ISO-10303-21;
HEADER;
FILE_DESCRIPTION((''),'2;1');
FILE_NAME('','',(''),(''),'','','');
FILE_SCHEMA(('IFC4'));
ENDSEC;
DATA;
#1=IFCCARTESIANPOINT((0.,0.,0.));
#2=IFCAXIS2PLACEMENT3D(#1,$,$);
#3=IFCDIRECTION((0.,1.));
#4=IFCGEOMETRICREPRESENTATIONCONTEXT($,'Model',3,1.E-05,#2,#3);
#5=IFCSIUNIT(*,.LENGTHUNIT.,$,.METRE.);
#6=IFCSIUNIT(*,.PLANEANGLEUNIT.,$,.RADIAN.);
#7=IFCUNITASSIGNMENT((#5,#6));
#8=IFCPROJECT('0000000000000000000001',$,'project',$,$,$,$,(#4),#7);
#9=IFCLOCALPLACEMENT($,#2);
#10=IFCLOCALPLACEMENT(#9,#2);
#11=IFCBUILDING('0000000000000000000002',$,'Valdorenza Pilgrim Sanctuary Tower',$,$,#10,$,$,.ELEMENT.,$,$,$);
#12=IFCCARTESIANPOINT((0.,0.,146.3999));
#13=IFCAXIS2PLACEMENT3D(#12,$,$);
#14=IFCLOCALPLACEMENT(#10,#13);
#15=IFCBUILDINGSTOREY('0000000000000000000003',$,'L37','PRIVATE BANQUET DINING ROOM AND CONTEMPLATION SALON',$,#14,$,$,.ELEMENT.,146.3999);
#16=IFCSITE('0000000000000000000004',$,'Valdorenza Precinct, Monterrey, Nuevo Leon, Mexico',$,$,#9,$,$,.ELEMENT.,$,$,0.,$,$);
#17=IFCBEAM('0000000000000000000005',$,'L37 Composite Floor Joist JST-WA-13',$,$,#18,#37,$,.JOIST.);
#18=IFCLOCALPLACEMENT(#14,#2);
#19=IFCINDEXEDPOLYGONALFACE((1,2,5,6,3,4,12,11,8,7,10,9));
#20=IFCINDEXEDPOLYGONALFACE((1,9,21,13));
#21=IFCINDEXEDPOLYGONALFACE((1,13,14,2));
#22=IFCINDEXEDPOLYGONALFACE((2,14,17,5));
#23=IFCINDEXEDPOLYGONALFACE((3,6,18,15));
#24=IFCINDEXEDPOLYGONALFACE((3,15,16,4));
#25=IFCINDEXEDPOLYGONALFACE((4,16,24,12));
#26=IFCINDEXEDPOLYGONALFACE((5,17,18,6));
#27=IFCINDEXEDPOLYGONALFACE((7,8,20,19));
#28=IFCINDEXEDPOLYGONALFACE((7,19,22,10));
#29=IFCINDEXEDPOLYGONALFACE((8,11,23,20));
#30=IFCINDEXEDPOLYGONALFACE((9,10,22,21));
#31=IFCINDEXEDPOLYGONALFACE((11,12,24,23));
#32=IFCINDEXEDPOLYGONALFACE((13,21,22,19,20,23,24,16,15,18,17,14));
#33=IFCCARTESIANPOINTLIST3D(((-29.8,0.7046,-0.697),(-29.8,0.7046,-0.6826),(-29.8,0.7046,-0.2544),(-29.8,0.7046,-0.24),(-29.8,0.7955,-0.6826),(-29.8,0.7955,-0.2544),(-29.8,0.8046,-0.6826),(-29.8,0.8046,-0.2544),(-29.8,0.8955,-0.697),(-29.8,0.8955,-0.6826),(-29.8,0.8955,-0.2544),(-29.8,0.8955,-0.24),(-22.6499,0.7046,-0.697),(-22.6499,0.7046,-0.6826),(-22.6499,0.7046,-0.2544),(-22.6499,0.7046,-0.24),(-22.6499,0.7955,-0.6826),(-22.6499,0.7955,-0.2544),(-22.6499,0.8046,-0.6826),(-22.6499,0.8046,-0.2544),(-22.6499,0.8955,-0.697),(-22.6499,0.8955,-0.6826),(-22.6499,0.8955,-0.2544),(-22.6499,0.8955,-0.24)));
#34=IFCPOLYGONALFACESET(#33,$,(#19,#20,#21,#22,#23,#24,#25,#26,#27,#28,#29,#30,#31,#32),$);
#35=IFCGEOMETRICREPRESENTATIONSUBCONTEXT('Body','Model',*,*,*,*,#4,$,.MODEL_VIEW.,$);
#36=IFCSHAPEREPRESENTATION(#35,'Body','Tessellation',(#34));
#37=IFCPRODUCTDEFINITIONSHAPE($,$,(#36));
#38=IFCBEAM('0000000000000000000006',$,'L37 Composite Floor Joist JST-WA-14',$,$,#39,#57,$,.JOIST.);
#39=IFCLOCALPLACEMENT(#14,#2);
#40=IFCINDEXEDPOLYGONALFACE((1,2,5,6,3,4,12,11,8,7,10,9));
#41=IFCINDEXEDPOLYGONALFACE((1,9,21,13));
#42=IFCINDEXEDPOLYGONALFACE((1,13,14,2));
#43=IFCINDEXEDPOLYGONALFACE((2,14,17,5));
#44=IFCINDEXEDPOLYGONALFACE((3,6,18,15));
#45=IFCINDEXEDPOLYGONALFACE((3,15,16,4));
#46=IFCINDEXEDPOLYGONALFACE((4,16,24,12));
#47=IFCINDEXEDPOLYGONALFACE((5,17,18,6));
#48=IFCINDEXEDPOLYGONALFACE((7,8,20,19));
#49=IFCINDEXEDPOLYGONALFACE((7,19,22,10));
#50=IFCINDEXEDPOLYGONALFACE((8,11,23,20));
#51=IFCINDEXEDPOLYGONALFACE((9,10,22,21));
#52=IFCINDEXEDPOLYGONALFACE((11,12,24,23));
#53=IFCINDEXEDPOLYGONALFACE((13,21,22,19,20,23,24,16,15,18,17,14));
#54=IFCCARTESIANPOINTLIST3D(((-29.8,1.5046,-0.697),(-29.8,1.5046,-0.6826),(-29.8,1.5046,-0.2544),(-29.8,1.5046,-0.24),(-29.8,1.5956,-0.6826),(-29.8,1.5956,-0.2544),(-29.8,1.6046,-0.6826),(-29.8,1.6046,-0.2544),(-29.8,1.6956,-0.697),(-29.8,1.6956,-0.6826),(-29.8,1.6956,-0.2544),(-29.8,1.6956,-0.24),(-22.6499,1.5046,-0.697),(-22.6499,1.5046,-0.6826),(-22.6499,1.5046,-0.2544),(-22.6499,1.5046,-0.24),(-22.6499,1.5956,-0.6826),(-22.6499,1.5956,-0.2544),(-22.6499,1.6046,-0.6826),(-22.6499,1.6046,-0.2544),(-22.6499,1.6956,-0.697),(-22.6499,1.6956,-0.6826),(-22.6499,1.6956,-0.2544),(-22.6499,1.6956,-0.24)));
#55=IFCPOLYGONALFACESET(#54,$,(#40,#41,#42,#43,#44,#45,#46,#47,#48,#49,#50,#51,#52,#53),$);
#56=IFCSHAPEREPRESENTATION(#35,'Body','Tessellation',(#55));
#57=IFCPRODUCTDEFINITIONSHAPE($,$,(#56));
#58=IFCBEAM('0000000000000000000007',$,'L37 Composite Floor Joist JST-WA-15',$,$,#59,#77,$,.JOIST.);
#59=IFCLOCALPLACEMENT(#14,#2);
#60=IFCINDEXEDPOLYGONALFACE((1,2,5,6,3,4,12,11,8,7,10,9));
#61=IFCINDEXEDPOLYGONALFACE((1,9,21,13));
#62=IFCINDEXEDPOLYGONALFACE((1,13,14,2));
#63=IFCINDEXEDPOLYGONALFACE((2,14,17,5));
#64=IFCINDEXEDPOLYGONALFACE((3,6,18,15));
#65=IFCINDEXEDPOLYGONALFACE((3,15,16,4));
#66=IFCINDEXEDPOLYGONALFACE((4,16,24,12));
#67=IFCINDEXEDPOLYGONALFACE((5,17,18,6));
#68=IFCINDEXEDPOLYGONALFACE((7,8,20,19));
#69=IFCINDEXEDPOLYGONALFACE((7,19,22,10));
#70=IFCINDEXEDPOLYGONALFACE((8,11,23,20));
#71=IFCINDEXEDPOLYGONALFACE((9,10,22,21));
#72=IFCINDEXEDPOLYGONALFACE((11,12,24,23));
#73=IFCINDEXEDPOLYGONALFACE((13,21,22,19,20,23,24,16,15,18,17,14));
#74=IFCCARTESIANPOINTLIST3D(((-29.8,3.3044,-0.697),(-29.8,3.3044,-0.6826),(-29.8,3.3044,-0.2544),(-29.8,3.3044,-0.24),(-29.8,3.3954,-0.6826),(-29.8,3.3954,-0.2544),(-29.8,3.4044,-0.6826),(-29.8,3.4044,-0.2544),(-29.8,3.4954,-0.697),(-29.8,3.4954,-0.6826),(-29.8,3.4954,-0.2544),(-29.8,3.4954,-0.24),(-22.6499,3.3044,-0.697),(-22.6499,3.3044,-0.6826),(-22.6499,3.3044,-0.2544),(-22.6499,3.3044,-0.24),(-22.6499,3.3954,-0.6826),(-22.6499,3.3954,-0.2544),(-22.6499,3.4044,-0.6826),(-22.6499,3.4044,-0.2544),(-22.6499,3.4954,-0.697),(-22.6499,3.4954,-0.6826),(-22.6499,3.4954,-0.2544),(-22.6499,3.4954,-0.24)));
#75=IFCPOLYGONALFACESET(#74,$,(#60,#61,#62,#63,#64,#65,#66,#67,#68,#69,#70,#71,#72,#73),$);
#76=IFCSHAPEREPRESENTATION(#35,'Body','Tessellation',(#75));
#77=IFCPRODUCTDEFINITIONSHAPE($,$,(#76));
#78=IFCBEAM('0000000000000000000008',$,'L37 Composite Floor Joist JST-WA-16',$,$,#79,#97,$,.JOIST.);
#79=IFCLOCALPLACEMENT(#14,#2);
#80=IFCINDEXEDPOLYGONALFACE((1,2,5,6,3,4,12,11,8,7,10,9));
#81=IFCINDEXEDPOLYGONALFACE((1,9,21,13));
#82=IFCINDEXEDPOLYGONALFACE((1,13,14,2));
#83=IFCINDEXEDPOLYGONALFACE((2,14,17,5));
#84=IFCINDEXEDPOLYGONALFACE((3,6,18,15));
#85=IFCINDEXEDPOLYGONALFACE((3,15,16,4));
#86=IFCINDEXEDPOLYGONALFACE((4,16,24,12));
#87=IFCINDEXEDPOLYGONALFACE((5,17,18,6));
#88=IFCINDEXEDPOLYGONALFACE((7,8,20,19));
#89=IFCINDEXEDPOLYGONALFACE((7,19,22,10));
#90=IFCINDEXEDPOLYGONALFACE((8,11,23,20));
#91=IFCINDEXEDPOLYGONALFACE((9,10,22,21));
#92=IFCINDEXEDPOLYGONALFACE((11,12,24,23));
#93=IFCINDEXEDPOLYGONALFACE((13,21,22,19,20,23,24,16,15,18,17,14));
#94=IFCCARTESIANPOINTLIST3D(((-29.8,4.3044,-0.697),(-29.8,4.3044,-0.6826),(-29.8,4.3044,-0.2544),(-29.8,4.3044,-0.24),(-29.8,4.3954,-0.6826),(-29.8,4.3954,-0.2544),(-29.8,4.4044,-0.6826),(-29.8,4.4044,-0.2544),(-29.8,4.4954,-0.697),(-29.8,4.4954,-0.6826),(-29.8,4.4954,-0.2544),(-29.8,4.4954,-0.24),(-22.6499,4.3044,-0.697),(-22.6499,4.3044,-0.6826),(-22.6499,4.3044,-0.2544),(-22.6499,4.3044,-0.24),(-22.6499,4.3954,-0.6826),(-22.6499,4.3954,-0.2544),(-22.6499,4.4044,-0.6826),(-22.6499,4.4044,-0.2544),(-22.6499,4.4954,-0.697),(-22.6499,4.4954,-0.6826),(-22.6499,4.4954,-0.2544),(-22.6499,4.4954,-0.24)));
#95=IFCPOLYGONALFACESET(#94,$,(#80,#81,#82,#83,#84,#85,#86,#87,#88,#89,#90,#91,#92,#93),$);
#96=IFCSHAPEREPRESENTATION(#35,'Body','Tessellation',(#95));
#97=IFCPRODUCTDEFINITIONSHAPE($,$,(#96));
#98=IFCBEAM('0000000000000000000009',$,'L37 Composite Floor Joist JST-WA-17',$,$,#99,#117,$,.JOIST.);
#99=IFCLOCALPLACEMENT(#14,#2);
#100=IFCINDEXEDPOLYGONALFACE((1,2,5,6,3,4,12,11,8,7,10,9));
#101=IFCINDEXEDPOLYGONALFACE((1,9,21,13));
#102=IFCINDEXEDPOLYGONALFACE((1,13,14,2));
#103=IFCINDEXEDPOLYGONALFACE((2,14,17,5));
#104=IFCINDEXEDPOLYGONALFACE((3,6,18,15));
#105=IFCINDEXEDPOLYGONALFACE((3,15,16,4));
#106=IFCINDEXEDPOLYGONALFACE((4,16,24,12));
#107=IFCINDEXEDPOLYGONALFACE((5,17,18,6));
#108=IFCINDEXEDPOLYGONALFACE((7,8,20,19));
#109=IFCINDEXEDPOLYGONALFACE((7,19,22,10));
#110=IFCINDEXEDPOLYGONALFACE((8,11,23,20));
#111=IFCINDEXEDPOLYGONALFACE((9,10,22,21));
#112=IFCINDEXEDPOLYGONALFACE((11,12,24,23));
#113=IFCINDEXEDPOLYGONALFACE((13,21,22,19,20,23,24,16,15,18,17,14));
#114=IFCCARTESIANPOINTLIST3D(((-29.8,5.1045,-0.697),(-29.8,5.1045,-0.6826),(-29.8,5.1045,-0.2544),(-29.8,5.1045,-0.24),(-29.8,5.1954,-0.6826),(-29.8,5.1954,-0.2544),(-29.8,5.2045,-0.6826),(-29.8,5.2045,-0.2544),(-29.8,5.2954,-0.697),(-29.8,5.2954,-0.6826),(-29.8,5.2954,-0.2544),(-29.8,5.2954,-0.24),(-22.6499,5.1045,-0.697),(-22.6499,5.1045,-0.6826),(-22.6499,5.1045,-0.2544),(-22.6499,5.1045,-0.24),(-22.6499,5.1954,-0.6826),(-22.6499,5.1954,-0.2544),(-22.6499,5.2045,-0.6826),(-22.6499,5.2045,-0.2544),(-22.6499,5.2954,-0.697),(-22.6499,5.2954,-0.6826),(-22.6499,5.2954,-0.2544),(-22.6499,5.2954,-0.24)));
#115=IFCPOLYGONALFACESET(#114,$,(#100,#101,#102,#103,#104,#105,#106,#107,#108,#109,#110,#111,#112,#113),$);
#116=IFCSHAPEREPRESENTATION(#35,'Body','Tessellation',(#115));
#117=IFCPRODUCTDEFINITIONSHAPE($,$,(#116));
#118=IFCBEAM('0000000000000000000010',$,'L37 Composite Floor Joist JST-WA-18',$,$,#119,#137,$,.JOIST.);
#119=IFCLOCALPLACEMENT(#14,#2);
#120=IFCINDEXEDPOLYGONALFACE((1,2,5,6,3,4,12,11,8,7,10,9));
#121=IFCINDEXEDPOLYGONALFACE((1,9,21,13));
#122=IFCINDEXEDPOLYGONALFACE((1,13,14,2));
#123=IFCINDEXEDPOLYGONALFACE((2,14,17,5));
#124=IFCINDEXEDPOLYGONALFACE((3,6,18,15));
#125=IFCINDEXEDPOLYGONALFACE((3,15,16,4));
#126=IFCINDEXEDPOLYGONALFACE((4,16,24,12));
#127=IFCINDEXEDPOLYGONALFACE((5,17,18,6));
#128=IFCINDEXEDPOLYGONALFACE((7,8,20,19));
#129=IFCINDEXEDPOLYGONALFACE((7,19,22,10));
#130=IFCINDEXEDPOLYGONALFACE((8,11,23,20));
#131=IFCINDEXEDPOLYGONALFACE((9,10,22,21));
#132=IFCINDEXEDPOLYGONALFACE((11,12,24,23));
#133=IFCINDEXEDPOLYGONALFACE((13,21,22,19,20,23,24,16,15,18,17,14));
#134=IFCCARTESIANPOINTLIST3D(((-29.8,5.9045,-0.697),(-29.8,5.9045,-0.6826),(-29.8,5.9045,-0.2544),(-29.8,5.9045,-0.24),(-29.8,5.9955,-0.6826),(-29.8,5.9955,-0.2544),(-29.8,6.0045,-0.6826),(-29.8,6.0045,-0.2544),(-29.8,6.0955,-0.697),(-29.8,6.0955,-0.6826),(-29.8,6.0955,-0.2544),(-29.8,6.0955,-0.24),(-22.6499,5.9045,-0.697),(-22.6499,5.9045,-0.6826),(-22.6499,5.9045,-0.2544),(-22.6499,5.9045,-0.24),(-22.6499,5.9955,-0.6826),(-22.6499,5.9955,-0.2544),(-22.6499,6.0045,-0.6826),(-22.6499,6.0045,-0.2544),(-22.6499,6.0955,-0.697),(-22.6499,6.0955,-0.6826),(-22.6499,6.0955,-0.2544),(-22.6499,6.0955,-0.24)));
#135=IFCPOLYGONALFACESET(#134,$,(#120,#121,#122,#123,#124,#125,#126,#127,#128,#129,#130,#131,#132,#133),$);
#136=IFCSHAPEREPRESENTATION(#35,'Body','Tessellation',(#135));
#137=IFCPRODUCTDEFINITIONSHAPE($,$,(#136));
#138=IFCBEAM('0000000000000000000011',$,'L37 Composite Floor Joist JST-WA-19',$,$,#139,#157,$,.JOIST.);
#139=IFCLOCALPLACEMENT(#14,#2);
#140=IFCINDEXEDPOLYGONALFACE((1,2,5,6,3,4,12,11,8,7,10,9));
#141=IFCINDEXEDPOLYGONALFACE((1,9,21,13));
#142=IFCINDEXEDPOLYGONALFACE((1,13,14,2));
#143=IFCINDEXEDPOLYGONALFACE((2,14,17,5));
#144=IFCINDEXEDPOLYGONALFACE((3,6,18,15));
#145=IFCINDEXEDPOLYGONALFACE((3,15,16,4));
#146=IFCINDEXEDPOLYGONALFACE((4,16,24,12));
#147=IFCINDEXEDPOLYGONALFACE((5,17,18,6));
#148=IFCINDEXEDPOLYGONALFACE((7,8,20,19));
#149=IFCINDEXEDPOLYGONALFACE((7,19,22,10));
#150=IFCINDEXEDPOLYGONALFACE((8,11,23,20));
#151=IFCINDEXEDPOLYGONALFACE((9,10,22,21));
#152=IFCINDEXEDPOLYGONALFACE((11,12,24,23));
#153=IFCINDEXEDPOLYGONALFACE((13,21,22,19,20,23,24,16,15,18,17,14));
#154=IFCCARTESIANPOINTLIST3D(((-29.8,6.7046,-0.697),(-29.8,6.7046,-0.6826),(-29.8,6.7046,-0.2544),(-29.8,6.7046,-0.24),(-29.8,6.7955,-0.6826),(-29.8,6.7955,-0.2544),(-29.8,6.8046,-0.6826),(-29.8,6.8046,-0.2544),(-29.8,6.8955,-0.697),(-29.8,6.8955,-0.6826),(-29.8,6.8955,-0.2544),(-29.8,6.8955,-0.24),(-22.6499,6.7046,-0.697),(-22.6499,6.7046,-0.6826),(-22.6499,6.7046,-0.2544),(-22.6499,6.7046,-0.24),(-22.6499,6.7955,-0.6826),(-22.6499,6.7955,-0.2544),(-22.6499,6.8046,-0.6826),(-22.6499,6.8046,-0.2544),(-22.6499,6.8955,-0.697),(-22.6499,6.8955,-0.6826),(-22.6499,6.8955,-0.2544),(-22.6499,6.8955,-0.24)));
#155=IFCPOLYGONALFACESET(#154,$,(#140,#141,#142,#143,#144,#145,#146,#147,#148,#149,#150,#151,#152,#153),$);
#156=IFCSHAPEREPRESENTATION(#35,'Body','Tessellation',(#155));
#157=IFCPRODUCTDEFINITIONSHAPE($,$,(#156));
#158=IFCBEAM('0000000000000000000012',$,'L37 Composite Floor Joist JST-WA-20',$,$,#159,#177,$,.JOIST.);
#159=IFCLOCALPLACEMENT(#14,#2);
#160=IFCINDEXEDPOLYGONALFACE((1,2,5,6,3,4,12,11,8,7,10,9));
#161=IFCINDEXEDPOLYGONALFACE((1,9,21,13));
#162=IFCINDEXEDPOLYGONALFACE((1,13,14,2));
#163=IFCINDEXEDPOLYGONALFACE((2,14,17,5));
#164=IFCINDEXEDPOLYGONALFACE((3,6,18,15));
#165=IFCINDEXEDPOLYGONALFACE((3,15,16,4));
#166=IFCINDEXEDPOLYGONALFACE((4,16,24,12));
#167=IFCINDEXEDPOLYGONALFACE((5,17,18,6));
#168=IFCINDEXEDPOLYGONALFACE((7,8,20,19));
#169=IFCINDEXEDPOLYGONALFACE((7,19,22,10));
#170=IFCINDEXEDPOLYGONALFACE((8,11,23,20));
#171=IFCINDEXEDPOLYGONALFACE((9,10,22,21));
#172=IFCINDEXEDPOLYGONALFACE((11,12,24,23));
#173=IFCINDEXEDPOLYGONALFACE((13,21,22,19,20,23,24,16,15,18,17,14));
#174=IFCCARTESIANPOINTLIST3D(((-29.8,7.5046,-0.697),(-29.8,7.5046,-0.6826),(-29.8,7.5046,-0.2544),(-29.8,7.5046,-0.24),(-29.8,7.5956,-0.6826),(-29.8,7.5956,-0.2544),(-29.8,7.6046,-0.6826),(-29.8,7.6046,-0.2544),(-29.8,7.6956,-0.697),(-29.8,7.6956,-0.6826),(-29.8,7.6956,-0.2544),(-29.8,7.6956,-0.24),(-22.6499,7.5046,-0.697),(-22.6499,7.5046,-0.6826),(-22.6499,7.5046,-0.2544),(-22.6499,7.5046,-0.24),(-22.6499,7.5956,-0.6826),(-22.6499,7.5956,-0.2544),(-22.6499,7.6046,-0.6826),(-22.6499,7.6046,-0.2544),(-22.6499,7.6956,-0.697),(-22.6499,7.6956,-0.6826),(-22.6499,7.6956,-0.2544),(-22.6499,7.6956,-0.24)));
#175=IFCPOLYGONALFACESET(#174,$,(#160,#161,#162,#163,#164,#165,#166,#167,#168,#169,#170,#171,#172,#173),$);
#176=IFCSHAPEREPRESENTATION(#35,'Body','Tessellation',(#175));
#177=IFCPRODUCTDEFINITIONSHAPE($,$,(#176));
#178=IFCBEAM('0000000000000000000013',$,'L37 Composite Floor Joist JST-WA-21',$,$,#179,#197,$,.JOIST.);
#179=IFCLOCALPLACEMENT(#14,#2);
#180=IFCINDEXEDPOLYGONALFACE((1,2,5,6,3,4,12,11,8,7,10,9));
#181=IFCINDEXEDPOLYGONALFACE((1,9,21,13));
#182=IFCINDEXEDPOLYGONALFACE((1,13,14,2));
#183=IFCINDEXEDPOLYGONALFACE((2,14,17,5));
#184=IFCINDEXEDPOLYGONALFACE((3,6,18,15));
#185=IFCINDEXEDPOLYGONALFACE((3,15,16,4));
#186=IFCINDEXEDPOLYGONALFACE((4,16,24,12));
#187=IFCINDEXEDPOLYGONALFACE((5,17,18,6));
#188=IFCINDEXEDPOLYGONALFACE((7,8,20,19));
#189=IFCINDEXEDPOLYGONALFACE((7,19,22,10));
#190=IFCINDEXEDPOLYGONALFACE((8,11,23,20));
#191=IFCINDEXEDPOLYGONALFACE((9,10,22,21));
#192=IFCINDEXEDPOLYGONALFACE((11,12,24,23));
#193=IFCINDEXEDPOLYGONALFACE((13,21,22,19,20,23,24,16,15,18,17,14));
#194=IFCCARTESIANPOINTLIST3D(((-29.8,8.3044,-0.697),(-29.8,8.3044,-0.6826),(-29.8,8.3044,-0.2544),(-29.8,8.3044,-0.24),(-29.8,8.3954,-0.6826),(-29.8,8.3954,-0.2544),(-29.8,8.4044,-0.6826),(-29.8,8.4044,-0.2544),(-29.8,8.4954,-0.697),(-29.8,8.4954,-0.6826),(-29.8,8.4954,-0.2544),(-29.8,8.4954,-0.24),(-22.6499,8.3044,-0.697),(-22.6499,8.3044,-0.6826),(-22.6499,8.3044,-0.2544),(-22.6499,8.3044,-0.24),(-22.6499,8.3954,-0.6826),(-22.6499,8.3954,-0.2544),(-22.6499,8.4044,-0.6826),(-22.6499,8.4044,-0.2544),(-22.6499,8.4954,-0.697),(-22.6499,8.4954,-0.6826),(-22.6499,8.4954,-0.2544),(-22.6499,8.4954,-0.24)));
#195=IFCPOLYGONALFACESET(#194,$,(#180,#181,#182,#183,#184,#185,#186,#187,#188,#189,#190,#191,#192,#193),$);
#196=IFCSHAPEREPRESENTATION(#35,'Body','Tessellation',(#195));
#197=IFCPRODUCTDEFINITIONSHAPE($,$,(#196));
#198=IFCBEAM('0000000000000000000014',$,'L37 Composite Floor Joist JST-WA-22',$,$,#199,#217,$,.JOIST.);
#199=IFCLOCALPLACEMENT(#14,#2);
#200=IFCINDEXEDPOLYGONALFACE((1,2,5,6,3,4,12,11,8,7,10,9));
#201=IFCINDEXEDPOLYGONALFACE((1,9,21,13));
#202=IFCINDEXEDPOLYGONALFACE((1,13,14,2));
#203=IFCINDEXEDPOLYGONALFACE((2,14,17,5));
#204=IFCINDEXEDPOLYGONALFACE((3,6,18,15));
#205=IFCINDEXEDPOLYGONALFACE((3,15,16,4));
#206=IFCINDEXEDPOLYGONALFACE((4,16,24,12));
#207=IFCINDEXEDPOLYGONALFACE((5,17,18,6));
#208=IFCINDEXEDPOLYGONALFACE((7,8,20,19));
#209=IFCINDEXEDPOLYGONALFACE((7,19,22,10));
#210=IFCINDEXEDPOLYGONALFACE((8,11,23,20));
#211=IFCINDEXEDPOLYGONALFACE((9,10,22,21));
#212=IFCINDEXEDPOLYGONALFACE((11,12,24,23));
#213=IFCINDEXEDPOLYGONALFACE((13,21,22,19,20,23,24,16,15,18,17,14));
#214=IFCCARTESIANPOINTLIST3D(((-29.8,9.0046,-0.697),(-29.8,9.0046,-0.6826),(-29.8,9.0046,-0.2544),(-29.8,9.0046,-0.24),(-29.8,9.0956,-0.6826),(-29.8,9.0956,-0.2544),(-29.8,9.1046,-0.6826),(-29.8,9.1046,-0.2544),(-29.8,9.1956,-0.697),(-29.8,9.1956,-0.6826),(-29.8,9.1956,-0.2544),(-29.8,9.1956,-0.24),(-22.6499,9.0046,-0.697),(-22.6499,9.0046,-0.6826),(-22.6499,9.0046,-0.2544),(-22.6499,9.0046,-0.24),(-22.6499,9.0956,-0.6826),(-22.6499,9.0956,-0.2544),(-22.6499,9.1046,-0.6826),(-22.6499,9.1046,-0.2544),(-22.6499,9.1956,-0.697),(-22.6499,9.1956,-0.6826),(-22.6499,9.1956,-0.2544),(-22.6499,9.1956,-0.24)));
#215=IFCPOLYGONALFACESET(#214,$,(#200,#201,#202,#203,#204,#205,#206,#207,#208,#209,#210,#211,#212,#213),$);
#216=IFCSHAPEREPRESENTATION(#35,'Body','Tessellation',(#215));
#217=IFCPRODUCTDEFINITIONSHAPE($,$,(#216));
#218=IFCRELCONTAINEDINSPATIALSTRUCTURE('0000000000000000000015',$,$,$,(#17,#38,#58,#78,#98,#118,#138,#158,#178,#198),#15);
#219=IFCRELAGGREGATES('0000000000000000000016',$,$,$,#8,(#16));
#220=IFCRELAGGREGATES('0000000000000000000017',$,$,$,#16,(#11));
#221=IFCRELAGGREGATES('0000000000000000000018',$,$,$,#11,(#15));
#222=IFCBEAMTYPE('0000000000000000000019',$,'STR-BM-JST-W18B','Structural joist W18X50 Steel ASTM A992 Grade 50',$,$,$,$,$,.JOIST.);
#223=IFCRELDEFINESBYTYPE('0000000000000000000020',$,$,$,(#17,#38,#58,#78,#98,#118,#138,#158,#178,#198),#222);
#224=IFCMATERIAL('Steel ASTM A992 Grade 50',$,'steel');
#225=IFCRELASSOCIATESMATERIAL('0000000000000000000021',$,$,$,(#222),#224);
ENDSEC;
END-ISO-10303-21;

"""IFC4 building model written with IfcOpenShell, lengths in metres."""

from ifc_helpers import new_model, si_unit, direction, frame, origin, origin_2d, place, context, subcontext, project, spatial, i_section, extrude, source, transform, mapped, material, material_profile, profile_set, type_object, element, save


model = new_model("IFC4")

# Units and contexts
model_context = context("Model", 3, precision=1e-05, world=origin(), true_north=direction((0.0, 1.0)))
body_context = subcontext(model_context, "Body", "Model", "MODEL_VIEW")
ifc_project = project(units=[si_unit("LENGTHUNIT", "METRE"), si_unit("PLANEANGLEUNIT", "RADIAN")], contexts=[model_context])

# Site, building, storey
site_placement = place(None, origin())
site = spatial("IfcSite", under=ifc_project, at=site_placement, Name="Valdorenza Precinct, Monterrey, Nuevo Leon, Mexico", CompositionType="ELEMENT", RefElevation=0.0)
building_placement = place(site_placement, origin())
building = spatial("IfcBuilding", under=site, at=building_placement, Name="Valdorenza Pilgrim Sanctuary Tower", CompositionType="ELEMENT")
storey_placement = place(building_placement, frame((0.0, 0.0, 146.3999)))
storey = spatial("IfcBuildingStorey", under=building, at=storey_placement, Name="L37", Description="PRIVATE BANQUET DINING ROOM AND CONTEMPLATION SALON", CompositionType="ELEMENT", Elevation=146.3999)

# Beams
ifc_material_1 = material(Name="Steel ASTM A992 Grade 50", Category="steel")
ifc_material_profile_1 = material_profile(ifc_material_1, i_section(OverallWidth=0.1909, OverallDepth=0.457, WebThickness=0.009, FlangeThickness=0.0144, at=origin_2d()), Name="W18X50")
ifc_profile_set_1 = profile_set([ifc_material_profile_1], Name="Steel ASTM A992 Grade 50")
beam_type = type_object("IfcBeamType", Name="STR-BM-JST-W18B", Description="Structural joist W18X50 Steel ASTM A992 Grade 50", PredefinedType="JOIST", material=ifc_profile_set_1)
shared_shape_1 = source(origin(), body_context, "Body", "SweptSolid", [
    extrude(i_section(OverallWidth=0.1909, OverallDepth=0.457, WebThickness=0.009, FlangeThickness=0.0144, at=origin_2d()), origin(), (0.0, 0.0, 1.0), 7.1501),
])
for number, where, z_axis, x_axis, name in (
    (1, (-29.8, 0.8, -0.4685), (1.0, 0.0, 0.0), (0.0, 1.0, 0.0), "L37 Composite Floor Joist JST-WA-13"),
    (2, (-29.8, 1.6001, -0.4685), (1.0, 0.0, 0.0), (0.0, 1.0, 0.0), "L37 Composite Floor Joist JST-WA-14"),
    (3, (-29.8, 3.3999, -0.4685), (1.0, 0.0, 0.0), (0.0, 1.0, 0.0), "L37 Composite Floor Joist JST-WA-15"),
    (4, (-29.8, 4.3999, -0.4685), (1.0, 0.0, 0.0), (0.0, 1.0, 0.0), "L37 Composite Floor Joist JST-WA-16"),
    (5, (-29.8, 5.2, -0.4685), (1.0, 0.0, 0.0), (0.0, 1.0, 0.0), "L37 Composite Floor Joist JST-WA-17"),
    (6, (-29.8, 6.0, -0.4685), (1.0, 0.0, 0.0), (0.0, 1.0, 0.0), "L37 Composite Floor Joist JST-WA-18"),
    (7, (-29.8, 6.8, -0.4685), (1.0, 0.0, 0.0), (0.0, 1.0, 0.0), "L37 Composite Floor Joist JST-WA-19"),
    (8, (-29.8, 7.6001, -0.4685), (1.0, 0.0, 0.0), (0.0, 1.0, 0.0), "L37 Composite Floor Joist JST-WA-20"),
    (9, (-29.8, 8.3999, -0.4685), (1.0, 0.0, 0.0), (0.0, 1.0, 0.0), "L37 Composite Floor Joist JST-WA-21"),
    (10, (-29.8, 9.1001, -0.4685), (1.0, 0.0, 0.0), (0.0, 1.0, 0.0), "L37 Composite Floor Joist JST-WA-22"),
):
    element("IfcBeam", number, at=place(storey_placement, frame(where, z_axis=z_axis, x_axis=x_axis)), inside=storey, type_object=beam_type, Name=name, PredefinedType="JOIST", context=body_context, shape_type="MappedRepresentation", body=[
        mapped(shared_shape_1, transform((0.0, 0.0, 0.0), x_axis=(1.0, 0.0, 0.0), y_axis=(0.0, 1.0, 0.0), z_axis=(0.0, 0.0, 1.0), scale=1.0)),
    ])

save(model, "model.ifc")
